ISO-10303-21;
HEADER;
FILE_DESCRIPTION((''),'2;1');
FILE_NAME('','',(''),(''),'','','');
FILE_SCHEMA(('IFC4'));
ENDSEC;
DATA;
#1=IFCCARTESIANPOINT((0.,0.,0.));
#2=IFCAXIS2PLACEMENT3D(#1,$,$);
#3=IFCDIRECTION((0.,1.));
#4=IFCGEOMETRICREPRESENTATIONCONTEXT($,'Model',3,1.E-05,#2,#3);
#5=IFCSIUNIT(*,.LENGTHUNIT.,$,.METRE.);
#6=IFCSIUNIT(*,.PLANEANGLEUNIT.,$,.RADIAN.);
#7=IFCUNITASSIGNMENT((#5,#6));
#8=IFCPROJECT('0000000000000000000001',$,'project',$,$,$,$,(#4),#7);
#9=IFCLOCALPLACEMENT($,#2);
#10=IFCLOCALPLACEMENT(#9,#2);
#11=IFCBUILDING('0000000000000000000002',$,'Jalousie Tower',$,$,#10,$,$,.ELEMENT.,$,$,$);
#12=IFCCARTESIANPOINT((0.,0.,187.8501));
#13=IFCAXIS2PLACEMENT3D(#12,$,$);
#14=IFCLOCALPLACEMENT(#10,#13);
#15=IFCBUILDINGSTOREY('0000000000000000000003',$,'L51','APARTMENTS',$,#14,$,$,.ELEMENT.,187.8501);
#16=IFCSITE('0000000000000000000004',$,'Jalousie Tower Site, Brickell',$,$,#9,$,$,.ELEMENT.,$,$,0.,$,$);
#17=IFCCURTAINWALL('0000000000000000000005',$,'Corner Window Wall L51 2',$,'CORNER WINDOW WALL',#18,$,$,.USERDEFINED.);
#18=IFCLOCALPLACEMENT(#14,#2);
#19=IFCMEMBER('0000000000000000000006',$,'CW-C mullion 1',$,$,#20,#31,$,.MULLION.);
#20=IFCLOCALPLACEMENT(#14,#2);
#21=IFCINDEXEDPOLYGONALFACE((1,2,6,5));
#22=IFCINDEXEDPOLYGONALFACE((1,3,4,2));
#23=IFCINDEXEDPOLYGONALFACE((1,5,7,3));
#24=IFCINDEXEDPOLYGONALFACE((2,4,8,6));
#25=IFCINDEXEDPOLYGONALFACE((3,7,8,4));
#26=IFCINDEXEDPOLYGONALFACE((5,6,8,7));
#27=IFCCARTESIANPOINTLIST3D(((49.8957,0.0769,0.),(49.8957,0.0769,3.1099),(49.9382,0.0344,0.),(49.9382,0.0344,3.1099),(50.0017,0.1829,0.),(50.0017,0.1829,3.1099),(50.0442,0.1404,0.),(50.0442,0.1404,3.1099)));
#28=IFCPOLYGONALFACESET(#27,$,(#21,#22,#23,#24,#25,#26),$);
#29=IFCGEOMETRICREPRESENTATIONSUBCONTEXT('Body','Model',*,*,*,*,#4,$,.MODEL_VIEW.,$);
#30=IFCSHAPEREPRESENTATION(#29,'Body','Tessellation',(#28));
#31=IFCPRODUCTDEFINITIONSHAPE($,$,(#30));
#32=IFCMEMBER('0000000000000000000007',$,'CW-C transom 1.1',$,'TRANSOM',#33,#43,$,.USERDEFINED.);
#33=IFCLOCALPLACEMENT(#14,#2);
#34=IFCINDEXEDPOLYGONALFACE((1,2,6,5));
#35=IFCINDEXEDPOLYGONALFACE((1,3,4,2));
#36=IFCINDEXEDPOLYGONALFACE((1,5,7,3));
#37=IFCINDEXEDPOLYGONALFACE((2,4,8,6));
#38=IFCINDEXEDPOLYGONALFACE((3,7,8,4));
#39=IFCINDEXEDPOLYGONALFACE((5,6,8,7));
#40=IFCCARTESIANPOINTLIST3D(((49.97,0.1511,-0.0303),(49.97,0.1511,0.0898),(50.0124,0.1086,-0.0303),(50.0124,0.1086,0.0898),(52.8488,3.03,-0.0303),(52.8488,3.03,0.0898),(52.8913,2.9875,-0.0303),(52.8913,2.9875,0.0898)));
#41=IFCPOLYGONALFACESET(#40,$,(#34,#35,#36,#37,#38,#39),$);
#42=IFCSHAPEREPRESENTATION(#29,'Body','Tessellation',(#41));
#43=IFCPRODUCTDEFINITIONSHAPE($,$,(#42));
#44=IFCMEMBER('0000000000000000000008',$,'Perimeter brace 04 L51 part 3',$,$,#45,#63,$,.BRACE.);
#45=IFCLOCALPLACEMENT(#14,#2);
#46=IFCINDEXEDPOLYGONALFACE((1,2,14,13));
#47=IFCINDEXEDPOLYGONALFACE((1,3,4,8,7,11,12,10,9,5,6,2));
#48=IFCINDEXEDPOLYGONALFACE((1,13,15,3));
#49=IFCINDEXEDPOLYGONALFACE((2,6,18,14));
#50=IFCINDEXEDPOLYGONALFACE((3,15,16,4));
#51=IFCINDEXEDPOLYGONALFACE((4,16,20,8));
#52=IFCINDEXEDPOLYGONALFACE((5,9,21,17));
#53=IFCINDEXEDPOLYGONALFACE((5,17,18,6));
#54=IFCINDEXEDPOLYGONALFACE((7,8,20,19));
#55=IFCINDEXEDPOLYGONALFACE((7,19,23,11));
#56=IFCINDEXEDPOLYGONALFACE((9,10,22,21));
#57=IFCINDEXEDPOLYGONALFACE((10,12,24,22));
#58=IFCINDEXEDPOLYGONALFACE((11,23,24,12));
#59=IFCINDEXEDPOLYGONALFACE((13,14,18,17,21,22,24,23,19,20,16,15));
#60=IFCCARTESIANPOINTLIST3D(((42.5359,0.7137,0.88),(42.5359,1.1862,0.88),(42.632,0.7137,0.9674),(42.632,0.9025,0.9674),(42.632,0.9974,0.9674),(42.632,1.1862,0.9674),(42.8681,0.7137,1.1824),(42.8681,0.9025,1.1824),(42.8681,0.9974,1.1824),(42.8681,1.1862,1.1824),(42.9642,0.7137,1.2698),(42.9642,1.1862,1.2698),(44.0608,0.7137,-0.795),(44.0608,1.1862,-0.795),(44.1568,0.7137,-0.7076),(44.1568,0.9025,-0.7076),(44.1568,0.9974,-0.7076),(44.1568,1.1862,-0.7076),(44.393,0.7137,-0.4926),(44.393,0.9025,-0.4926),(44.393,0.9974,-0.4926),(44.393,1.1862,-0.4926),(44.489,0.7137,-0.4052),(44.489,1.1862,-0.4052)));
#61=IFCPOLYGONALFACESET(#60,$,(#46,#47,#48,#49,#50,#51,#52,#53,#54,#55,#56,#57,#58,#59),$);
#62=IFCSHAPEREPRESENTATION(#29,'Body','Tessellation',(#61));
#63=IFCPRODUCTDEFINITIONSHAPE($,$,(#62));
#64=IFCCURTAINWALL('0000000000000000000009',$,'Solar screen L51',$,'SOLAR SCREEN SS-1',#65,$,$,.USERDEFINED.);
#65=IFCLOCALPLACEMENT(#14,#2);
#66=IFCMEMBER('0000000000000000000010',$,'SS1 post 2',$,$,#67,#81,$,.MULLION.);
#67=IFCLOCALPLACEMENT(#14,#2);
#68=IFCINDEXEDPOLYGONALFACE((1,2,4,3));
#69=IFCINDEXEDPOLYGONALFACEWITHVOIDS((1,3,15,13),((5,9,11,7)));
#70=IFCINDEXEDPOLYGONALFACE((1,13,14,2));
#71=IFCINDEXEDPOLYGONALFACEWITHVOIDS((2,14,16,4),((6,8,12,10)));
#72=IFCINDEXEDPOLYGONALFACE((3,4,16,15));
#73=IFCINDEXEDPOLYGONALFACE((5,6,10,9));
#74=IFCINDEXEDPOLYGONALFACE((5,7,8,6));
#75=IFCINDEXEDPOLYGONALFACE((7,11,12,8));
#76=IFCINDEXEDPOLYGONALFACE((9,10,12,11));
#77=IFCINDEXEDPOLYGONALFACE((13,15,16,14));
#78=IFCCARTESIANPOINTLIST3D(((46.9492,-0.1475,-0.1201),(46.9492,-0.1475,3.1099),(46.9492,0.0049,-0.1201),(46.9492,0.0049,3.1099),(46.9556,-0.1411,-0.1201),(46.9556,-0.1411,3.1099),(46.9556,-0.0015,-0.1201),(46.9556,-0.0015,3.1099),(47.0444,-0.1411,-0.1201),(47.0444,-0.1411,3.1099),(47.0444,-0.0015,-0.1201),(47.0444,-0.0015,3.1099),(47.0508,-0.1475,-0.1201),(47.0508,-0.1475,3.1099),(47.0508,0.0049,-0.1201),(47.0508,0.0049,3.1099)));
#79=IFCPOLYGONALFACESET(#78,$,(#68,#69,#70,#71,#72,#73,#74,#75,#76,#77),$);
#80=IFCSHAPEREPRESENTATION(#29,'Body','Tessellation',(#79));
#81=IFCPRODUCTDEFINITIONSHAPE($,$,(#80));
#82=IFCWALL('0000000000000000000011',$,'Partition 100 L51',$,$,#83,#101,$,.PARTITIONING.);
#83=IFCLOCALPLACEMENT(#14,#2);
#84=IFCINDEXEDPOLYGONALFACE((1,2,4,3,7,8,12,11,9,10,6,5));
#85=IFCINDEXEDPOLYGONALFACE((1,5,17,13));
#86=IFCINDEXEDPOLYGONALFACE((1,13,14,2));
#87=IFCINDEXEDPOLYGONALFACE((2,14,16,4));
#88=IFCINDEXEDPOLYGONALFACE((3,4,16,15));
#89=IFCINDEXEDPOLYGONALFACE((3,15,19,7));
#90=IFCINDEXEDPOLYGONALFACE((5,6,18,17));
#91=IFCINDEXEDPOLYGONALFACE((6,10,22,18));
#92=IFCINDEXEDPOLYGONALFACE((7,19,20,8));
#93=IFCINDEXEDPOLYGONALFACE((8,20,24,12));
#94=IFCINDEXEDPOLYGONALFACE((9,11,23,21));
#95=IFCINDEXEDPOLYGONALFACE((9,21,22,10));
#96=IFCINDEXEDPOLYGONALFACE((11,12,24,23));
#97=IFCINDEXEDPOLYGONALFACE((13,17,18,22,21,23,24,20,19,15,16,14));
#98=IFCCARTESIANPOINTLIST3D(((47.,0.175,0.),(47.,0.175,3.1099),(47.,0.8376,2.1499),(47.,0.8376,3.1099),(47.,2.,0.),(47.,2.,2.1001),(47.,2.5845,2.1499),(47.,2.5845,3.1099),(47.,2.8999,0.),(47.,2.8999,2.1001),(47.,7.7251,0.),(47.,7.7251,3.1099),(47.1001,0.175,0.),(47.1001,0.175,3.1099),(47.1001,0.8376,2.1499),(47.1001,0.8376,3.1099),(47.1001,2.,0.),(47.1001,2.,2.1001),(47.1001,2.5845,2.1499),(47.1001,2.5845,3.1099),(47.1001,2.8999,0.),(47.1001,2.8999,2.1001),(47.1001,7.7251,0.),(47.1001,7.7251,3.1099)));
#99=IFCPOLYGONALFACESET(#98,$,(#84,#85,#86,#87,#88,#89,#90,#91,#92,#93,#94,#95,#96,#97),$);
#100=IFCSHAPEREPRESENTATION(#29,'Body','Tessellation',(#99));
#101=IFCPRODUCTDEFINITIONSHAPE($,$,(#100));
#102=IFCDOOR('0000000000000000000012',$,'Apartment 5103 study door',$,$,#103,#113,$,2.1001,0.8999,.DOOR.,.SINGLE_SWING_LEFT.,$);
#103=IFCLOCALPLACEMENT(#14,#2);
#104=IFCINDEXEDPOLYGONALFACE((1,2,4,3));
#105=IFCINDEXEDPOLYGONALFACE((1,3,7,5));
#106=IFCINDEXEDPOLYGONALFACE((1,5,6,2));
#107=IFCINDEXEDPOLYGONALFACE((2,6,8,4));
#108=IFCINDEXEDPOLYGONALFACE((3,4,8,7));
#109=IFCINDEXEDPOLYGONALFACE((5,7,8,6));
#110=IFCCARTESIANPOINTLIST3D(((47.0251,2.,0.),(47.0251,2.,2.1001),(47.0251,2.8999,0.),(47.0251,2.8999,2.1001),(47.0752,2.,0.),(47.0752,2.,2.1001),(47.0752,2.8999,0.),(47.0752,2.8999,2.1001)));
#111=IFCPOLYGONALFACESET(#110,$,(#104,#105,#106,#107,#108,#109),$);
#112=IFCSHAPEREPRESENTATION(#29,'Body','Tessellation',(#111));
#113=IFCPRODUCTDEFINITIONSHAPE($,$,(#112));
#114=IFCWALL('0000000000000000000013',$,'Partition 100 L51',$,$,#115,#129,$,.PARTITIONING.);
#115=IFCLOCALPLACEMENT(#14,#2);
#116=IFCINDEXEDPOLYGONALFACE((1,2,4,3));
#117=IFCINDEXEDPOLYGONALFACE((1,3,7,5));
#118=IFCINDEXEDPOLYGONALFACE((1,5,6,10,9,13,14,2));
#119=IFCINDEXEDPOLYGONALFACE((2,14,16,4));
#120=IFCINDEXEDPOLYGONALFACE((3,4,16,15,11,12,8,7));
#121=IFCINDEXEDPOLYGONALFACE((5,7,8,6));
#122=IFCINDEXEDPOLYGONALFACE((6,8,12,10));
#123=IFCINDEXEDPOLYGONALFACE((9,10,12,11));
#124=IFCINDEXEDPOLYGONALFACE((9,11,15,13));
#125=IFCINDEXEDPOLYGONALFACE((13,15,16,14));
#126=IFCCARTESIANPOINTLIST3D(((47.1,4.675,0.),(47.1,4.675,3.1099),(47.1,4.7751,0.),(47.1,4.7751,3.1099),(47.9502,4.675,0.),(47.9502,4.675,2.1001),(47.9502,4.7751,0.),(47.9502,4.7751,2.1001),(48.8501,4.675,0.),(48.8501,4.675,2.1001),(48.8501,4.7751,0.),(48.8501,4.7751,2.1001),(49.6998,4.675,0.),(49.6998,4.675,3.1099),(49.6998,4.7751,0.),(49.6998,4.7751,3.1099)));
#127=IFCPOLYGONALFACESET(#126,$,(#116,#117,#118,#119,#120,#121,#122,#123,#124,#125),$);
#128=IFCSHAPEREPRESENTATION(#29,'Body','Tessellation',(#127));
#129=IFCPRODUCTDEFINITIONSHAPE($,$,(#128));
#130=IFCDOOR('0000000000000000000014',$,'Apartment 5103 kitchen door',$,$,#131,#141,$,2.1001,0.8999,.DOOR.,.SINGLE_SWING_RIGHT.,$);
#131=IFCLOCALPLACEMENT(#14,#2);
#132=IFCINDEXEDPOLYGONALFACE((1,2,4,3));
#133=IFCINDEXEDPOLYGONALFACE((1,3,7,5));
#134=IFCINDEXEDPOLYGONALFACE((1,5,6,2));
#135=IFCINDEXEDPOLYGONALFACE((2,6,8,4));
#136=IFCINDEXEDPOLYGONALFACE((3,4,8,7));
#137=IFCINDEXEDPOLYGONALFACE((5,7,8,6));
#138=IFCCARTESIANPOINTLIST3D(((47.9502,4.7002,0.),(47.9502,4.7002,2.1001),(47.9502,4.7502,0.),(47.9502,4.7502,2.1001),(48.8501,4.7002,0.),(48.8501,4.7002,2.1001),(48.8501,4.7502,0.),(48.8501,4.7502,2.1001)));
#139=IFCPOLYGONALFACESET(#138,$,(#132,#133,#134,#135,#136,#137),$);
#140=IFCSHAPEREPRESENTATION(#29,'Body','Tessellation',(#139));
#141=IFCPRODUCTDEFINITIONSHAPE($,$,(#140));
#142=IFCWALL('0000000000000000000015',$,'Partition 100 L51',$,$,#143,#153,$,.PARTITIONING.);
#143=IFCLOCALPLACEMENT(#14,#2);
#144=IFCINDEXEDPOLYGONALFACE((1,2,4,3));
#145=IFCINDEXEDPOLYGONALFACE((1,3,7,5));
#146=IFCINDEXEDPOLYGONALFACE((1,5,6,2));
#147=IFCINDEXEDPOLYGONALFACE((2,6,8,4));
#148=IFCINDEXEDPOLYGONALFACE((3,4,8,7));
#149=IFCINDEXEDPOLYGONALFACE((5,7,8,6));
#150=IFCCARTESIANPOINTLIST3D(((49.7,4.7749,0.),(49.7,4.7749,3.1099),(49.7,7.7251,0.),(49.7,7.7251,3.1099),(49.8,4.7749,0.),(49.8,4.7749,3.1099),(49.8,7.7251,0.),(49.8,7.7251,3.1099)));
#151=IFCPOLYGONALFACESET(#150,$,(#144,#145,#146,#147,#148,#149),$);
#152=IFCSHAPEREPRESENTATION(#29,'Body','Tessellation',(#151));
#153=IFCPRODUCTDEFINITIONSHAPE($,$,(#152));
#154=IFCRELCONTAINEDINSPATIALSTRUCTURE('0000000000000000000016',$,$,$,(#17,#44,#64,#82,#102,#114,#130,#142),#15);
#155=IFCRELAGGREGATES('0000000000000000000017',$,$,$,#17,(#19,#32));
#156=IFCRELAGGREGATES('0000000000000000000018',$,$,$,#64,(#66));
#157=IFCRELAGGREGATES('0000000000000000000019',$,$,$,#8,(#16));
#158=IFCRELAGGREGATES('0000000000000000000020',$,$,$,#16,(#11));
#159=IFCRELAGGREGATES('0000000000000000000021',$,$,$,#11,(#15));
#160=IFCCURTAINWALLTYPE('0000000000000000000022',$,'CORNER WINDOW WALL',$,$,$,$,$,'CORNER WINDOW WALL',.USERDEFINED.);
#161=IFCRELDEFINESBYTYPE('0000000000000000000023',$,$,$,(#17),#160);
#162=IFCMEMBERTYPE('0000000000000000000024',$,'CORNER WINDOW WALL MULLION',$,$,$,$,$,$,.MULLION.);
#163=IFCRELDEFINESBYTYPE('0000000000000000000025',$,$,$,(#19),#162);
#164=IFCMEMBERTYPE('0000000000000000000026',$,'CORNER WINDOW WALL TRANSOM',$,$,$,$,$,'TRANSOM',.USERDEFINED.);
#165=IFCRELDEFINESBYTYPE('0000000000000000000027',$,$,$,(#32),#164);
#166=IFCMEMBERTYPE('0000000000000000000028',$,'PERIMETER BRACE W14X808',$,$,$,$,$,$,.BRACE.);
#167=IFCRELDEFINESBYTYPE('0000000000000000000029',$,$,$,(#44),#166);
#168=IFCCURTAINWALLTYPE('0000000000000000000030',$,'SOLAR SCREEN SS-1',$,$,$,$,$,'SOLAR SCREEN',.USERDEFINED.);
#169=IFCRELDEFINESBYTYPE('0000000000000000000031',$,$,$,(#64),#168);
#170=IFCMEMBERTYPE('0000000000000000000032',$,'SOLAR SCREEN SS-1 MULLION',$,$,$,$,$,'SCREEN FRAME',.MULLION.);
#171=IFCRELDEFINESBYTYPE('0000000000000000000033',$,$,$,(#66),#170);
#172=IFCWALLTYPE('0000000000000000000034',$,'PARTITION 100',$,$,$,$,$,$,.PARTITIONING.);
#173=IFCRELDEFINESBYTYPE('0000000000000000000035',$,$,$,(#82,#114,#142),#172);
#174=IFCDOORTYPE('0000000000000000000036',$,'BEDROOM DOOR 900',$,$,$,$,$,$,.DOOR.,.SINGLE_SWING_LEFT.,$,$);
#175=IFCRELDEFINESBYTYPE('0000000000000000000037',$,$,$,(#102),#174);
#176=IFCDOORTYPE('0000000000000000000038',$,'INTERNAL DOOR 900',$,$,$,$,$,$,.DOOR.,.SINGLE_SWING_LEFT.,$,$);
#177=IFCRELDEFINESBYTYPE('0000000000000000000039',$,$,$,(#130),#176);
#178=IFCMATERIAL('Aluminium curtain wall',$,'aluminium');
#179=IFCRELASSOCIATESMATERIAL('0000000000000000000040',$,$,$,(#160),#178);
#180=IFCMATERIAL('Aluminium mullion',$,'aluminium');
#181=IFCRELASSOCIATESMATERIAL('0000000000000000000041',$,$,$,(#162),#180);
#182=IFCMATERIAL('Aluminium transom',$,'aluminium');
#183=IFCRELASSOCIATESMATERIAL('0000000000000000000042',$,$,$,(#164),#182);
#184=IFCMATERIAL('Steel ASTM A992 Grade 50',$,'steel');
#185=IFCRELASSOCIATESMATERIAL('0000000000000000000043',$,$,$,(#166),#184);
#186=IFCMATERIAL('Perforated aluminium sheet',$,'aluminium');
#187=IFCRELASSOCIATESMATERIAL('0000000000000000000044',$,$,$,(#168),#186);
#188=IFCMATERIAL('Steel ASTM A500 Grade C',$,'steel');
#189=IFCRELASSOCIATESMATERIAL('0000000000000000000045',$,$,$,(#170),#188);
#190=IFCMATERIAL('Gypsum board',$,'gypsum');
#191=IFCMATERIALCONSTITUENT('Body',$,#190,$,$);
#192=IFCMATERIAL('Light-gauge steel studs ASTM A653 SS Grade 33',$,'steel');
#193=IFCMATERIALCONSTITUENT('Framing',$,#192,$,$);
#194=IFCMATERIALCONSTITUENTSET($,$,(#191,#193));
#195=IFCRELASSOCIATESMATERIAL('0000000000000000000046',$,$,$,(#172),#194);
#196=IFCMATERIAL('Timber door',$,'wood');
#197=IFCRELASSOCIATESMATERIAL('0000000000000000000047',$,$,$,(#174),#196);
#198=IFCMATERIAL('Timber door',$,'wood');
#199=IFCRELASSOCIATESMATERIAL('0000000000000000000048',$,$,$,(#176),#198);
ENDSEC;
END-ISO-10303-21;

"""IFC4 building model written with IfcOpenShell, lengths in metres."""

from ifc_helpers import new_model, si_unit, direction, frame, frame_2d, origin, origin_2d, place, context, subcontext, project, spatial, polyline, rectangle, hollow_rectangle, i_section, outline, extrude, material, constituent, constituent_set, material_profile, profile_set, type_object, element, fill, aggregate, save


model = new_model("IFC4")

# Units and contexts
model_context = context("Model", 3, precision=1e-05, world=origin(), true_north=direction((0.0, 1.0)))
body_context = subcontext(model_context, "Body", "Model", "MODEL_VIEW")
ifc_project = project(units=[si_unit("LENGTHUNIT", "METRE"), si_unit("PLANEANGLEUNIT", "RADIAN")], contexts=[model_context])

# Site, building, storey
site_placement = place(None, origin())
site = spatial("IfcSite", under=ifc_project, at=site_placement, Name="Jalousie Tower Site, Brickell", CompositionType="ELEMENT", RefElevation=0.0)
building_placement = place(site_placement, origin())
building = spatial("IfcBuilding", under=site, at=building_placement, Name="Jalousie Tower", CompositionType="ELEMENT")
storey_placement = place(building_placement, frame((0.0, 0.0, 187.8501)))
storey = spatial("IfcBuildingStorey", under=building, at=storey_placement, Name="L51", Description="APARTMENTS", CompositionType="ELEMENT", Elevation=187.8501)

# Curtain wall, members
ifc_material_1 = material(Name="Aluminium curtain wall", Category="aluminium")
curtain_wall_type_1 = type_object("IfcCurtainWallType", Name="CORNER WINDOW WALL", ElementType="CORNER WINDOW WALL", PredefinedType="USERDEFINED", material=ifc_material_1)
curtain_wall_1_placement = place(storey_placement, origin())
curtain_wall_1 = element("IfcCurtainWall", 1, at=curtain_wall_1_placement, inside=storey, type_object=curtain_wall_type_1, Name="Corner Window Wall L51 2", ObjectType="CORNER WINDOW WALL", PredefinedType="USERDEFINED")
ifc_material_2 = material(Name="Aluminium mullion", Category="aluminium")
ifc_material_profile_1 = material_profile(ifc_material_2, rectangle(XDim=0.0601, YDim=0.1499, at=origin_2d()), Name="MULLION 60x150")
ifc_profile_set_1 = profile_set([ifc_material_profile_1], Name="Aluminium mullion")
member_type_1 = type_object("IfcMemberType", Name="CORNER WINDOW WALL MULLION", PredefinedType="MULLION", material=ifc_profile_set_1)
member_1_placement = place(storey_placement, frame((49.97, 0.1086, 0.0), z_axis=(0.0, 0.0, 1.0), x_axis=(-0.707107, 0.707107, 0.0)))
member_1 = element("IfcMember", 2, at=member_1_placement, type_object=member_type_1, Name="CW-C mullion 1", PredefinedType="MULLION", context=body_context, shape_type="SweptSolid", body=[
    extrude(rectangle(XDim=0.0601, YDim=0.1499, at=origin_2d()), origin(), (0.0, 0.0, 1.0), 3.1099),
])
ifc_material_3 = material(Name="Aluminium transom", Category="aluminium")
ifc_material_profile_2 = material_profile(ifc_material_3, rectangle(XDim=0.0601, YDim=0.1201, at=origin_2d()), Name="TRANSOM 60x120")
ifc_profile_set_2 = profile_set([ifc_material_profile_2], Name="Aluminium transom")
member_type_2 = type_object("IfcMemberType", Name="CORNER WINDOW WALL TRANSOM", ElementType="TRANSOM", PredefinedType="USERDEFINED", material=ifc_profile_set_2)
member_2_placement = place(storey_placement, frame((49.9912, 0.1299, 0.0298), z_axis=(0.707107, 0.707107, 0.0), x_axis=(-0.707107, 0.707107, 0.0)))
member_2 = element("IfcMember", 3, at=member_2_placement, type_object=member_type_2, Name="CW-C transom 1.1", ObjectType="TRANSOM", PredefinedType="USERDEFINED", context=body_context, shape_type="SweptSolid", body=[
    extrude(rectangle(XDim=0.0601, YDim=0.1201, at=origin_2d()), origin(), (0.0, 0.0, 1.0), 4.0713),
])
aggregate(curtain_wall_1, [member_1, member_2])

# Member
ifc_material_4 = material(Name="Steel ASTM A992 Grade 50", Category="steel")
ifc_material_profile_3 = material_profile(ifc_material_4, i_section(OverallWidth=0.4724, OverallDepth=0.5791, WebThickness=0.095, FlangeThickness=0.1299, at=origin_2d()), Name="W14X808")
ifc_profile_set_3 = profile_set([ifc_material_profile_3], Name="Steel ASTM A992 Grade 50")
member_type_3 = type_object("IfcMemberType", Name="PERIMETER BRACE W14X808", PredefinedType="BRACE", material=ifc_profile_set_3)
member_3_placement = place(storey_placement, frame((44.2749, 0.95, -0.6001), z_axis=(-0.673188, 0.0, 0.739472), x_axis=(0.0, -1.0, 0.0)))
element("IfcMember", 4, at=member_3_placement, inside=storey, type_object=member_type_3, Name="Perimeter brace 04 L51 part 3", PredefinedType="BRACE", context=body_context, shape_type="SweptSolid", body=[
    extrude(i_section(OverallWidth=0.4724, OverallDepth=0.5791, WebThickness=0.095, FlangeThickness=0.1299, at=origin_2d()), origin(), (0.0, 0.0, 1.0), 2.2651),
])

# Curtain wall, member
ifc_material_5 = material(Name="Perforated aluminium sheet", Category="aluminium")
curtain_wall_type_2 = type_object("IfcCurtainWallType", Name="SOLAR SCREEN SS-1", ElementType="SOLAR SCREEN", PredefinedType="USERDEFINED", material=ifc_material_5)
curtain_wall_2_placement = place(storey_placement, origin())
curtain_wall_2 = element("IfcCurtainWall", 5, at=curtain_wall_2_placement, inside=storey, type_object=curtain_wall_type_2, Name="Solar screen L51", ObjectType="SOLAR SCREEN SS-1", PredefinedType="USERDEFINED")
ifc_material_6 = material(Name="Steel ASTM A500 Grade C", Category="steel")
ifc_material_profile_4 = material_profile(ifc_material_6, hollow_rectangle(XDim=0.1016, YDim=0.1523, WallThickness=0.0063, at=origin_2d()), Name="HSS6X4X1/4")
ifc_profile_set_4 = profile_set([ifc_material_profile_4], Name="Steel ASTM A500 Grade C")
member_type_4 = type_object("IfcMemberType", Name="SOLAR SCREEN SS-1 MULLION", ElementType="SCREEN FRAME", PredefinedType="MULLION", material=ifc_profile_set_4)
member_4_placement = place(storey_placement, frame((47.0, -0.0713, -0.1201), z_axis=(0.0, 0.0, 1.0), x_axis=(1.0, 0.0, 0.0)))
member_4 = element("IfcMember", 6, at=member_4_placement, type_object=member_type_4, Name="SS1 post 2", PredefinedType="MULLION", context=body_context, shape_type="SweptSolid", body=[
    extrude(hollow_rectangle(XDim=0.1016, YDim=0.1523, WallThickness=0.0063, at=origin_2d()), origin(), (0.0, 0.0, 1.0), 3.23),
])
aggregate(curtain_wall_2, [member_4])

# Walls, openings, doors
ifc_material_7 = material(Name="Gypsum board", Category="gypsum")
ifc_constituent_1 = constituent(ifc_material_7, Name="Body")
ifc_material_8 = material(Name="Light-gauge steel studs ASTM A653 SS Grade 33", Category="steel")
ifc_constituent_2 = constituent(ifc_material_8, Name="Framing")
ifc_constituent_set_1 = constituent_set(constituents=[ifc_constituent_1, ifc_constituent_2])
wall_type_1 = type_object("IfcWallType", Name="PARTITION 100", PredefinedType="PARTITIONING", material=ifc_constituent_set_1)
wall_1_placement = place(storey_placement, frame((47.05, 0.175, 0.0), z_axis=(0.0, 0.0, 1.0), x_axis=(0.0, 1.0, 0.0)))
wall_1 = element("IfcWall", 7, at=wall_1_placement, inside=storey, type_object=wall_type_1, Name="Partition 100 L51", PredefinedType="PARTITIONING", context=body_context, shape_type="SweptSolid", body=[
    extrude(outline(polyline([(0.0, 0.0), (7.55, 0.0), (7.55, 3.1099), (2.4094, 3.1099), (2.4094, 2.1499), (0.6626, 2.1499), (0.6626, 3.1099), (0.0, 3.1099), (0.0, 0.0)])), frame((0.0, 0.05, 0.0), z_axis=(0.0, -1.0, 0.0), x_axis=(1.0, 0.0, 0.0)), (0.0, 0.0, 1.0), 0.1001),
])
opening_1_placement = place(wall_1_placement, frame((1.825, 0.0, 0.0)))
opening_1 = element("IfcOpeningElement", 8, at=opening_1_placement, cuts=wall_1, PredefinedType="OPENING", context=body_context, shape_type="SweptSolid", body=[
    extrude(rectangle(XDim=0.8999, YDim=2.1001, at=frame_2d((0.45, 1.05))), frame((0.0, 0.0601, 0.0), z_axis=(0.0, -1.0, 0.0), x_axis=(1.0, 0.0, 0.0)), (0.0, 0.0, 1.0), 0.1201),
])
ifc_material_9 = material(Name="Timber door", Category="wood")
door_type_1 = type_object("IfcDoorType", Name="BEDROOM DOOR 900", OperationType="SINGLE_SWING_LEFT", PredefinedType="DOOR", material=ifc_material_9)
door_1_placement = place(opening_1_placement, origin())
door_1 = element("IfcDoor", 9, at=door_1_placement, inside=storey, type_object=door_type_1, Name="Apartment 5103 study door", OperationType="SINGLE_SWING_LEFT", OverallHeight=2.1001, OverallWidth=0.8999, PredefinedType="DOOR", context=body_context, shape_type="SweptSolid", body=[
    extrude(rectangle(XDim=0.8999, YDim=2.1001, at=frame_2d((0.45, 1.05))), frame((0.0, 0.0249, 0.0), z_axis=(0.0, -1.0, 0.0), x_axis=(1.0, 0.0, 0.0)), (0.0, 0.0, 1.0), 0.05),
])
fill(opening_1, door_1)
wall_2_placement = place(storey_placement, frame((47.1001, 4.7251, 0.0), z_axis=(0.0, 0.0, 1.0), x_axis=(1.0, 0.0, 0.0)))
wall_2 = element("IfcWall", 10, at=wall_2_placement, inside=storey, type_object=wall_type_1, Name="Partition 100 L51", PredefinedType="PARTITIONING", context=body_context, shape_type="SweptSolid", body=[
    extrude(rectangle(XDim=2.5999, YDim=0.1001, at=frame_2d((1.2998, 0.0))), origin(), (0.0, 0.0, 1.0), 3.1099),
])
opening_2_placement = place(wall_2_placement, frame((0.8501, 0.0, 0.0)))
opening_2 = element("IfcOpeningElement", 11, at=opening_2_placement, cuts=wall_2, PredefinedType="OPENING", context=body_context, shape_type="SweptSolid", body=[
    extrude(rectangle(XDim=0.8999, YDim=2.1001, at=frame_2d((0.45, 1.05))), frame((0.0, 0.0601, 0.0), z_axis=(0.0, -1.0, 0.0), x_axis=(1.0, 0.0, 0.0)), (0.0, 0.0, 1.0), 0.1201),
])
ifc_material_10 = material(Name="Timber door", Category="wood")
door_type_2 = type_object("IfcDoorType", Name="INTERNAL DOOR 900", OperationType="SINGLE_SWING_LEFT", PredefinedType="DOOR", material=ifc_material_10)
door_2_placement = place(opening_2_placement, frame((0.8999, 0.0, 0.0), z_axis=(0.0, 0.0, 1.0), x_axis=(-1.0, 0.0, 0.0)))
door_2 = element("IfcDoor", 12, at=door_2_placement, inside=storey, type_object=door_type_2, Name="Apartment 5103 kitchen door", OperationType="SINGLE_SWING_RIGHT", OverallHeight=2.1001, OverallWidth=0.8999, PredefinedType="DOOR", context=body_context, shape_type="SweptSolid", body=[
    extrude(rectangle(XDim=0.8999, YDim=2.1001, at=frame_2d((0.45, 1.05))), frame((0.0, 0.0249, 0.0), z_axis=(0.0, -1.0, 0.0), x_axis=(1.0, 0.0, 0.0)), (0.0, 0.0, 1.0), 0.05),
])
fill(opening_2, door_2)

# Wall
wall_3_placement = place(storey_placement, frame((49.75, 4.7749, 0.0), z_axis=(0.0, 0.0, 1.0), x_axis=(0.0, 1.0, 0.0)))
element("IfcWall", 13, at=wall_3_placement, inside=storey, type_object=wall_type_1, Name="Partition 100 L51", PredefinedType="PARTITIONING", context=body_context, shape_type="SweptSolid", body=[
    extrude(rectangle(XDim=2.9502, YDim=0.1001, at=frame_2d((1.4751, 0.0))), origin(), (0.0, 0.0, 1.0), 3.1099),
])

save(model, "model.ifc")
